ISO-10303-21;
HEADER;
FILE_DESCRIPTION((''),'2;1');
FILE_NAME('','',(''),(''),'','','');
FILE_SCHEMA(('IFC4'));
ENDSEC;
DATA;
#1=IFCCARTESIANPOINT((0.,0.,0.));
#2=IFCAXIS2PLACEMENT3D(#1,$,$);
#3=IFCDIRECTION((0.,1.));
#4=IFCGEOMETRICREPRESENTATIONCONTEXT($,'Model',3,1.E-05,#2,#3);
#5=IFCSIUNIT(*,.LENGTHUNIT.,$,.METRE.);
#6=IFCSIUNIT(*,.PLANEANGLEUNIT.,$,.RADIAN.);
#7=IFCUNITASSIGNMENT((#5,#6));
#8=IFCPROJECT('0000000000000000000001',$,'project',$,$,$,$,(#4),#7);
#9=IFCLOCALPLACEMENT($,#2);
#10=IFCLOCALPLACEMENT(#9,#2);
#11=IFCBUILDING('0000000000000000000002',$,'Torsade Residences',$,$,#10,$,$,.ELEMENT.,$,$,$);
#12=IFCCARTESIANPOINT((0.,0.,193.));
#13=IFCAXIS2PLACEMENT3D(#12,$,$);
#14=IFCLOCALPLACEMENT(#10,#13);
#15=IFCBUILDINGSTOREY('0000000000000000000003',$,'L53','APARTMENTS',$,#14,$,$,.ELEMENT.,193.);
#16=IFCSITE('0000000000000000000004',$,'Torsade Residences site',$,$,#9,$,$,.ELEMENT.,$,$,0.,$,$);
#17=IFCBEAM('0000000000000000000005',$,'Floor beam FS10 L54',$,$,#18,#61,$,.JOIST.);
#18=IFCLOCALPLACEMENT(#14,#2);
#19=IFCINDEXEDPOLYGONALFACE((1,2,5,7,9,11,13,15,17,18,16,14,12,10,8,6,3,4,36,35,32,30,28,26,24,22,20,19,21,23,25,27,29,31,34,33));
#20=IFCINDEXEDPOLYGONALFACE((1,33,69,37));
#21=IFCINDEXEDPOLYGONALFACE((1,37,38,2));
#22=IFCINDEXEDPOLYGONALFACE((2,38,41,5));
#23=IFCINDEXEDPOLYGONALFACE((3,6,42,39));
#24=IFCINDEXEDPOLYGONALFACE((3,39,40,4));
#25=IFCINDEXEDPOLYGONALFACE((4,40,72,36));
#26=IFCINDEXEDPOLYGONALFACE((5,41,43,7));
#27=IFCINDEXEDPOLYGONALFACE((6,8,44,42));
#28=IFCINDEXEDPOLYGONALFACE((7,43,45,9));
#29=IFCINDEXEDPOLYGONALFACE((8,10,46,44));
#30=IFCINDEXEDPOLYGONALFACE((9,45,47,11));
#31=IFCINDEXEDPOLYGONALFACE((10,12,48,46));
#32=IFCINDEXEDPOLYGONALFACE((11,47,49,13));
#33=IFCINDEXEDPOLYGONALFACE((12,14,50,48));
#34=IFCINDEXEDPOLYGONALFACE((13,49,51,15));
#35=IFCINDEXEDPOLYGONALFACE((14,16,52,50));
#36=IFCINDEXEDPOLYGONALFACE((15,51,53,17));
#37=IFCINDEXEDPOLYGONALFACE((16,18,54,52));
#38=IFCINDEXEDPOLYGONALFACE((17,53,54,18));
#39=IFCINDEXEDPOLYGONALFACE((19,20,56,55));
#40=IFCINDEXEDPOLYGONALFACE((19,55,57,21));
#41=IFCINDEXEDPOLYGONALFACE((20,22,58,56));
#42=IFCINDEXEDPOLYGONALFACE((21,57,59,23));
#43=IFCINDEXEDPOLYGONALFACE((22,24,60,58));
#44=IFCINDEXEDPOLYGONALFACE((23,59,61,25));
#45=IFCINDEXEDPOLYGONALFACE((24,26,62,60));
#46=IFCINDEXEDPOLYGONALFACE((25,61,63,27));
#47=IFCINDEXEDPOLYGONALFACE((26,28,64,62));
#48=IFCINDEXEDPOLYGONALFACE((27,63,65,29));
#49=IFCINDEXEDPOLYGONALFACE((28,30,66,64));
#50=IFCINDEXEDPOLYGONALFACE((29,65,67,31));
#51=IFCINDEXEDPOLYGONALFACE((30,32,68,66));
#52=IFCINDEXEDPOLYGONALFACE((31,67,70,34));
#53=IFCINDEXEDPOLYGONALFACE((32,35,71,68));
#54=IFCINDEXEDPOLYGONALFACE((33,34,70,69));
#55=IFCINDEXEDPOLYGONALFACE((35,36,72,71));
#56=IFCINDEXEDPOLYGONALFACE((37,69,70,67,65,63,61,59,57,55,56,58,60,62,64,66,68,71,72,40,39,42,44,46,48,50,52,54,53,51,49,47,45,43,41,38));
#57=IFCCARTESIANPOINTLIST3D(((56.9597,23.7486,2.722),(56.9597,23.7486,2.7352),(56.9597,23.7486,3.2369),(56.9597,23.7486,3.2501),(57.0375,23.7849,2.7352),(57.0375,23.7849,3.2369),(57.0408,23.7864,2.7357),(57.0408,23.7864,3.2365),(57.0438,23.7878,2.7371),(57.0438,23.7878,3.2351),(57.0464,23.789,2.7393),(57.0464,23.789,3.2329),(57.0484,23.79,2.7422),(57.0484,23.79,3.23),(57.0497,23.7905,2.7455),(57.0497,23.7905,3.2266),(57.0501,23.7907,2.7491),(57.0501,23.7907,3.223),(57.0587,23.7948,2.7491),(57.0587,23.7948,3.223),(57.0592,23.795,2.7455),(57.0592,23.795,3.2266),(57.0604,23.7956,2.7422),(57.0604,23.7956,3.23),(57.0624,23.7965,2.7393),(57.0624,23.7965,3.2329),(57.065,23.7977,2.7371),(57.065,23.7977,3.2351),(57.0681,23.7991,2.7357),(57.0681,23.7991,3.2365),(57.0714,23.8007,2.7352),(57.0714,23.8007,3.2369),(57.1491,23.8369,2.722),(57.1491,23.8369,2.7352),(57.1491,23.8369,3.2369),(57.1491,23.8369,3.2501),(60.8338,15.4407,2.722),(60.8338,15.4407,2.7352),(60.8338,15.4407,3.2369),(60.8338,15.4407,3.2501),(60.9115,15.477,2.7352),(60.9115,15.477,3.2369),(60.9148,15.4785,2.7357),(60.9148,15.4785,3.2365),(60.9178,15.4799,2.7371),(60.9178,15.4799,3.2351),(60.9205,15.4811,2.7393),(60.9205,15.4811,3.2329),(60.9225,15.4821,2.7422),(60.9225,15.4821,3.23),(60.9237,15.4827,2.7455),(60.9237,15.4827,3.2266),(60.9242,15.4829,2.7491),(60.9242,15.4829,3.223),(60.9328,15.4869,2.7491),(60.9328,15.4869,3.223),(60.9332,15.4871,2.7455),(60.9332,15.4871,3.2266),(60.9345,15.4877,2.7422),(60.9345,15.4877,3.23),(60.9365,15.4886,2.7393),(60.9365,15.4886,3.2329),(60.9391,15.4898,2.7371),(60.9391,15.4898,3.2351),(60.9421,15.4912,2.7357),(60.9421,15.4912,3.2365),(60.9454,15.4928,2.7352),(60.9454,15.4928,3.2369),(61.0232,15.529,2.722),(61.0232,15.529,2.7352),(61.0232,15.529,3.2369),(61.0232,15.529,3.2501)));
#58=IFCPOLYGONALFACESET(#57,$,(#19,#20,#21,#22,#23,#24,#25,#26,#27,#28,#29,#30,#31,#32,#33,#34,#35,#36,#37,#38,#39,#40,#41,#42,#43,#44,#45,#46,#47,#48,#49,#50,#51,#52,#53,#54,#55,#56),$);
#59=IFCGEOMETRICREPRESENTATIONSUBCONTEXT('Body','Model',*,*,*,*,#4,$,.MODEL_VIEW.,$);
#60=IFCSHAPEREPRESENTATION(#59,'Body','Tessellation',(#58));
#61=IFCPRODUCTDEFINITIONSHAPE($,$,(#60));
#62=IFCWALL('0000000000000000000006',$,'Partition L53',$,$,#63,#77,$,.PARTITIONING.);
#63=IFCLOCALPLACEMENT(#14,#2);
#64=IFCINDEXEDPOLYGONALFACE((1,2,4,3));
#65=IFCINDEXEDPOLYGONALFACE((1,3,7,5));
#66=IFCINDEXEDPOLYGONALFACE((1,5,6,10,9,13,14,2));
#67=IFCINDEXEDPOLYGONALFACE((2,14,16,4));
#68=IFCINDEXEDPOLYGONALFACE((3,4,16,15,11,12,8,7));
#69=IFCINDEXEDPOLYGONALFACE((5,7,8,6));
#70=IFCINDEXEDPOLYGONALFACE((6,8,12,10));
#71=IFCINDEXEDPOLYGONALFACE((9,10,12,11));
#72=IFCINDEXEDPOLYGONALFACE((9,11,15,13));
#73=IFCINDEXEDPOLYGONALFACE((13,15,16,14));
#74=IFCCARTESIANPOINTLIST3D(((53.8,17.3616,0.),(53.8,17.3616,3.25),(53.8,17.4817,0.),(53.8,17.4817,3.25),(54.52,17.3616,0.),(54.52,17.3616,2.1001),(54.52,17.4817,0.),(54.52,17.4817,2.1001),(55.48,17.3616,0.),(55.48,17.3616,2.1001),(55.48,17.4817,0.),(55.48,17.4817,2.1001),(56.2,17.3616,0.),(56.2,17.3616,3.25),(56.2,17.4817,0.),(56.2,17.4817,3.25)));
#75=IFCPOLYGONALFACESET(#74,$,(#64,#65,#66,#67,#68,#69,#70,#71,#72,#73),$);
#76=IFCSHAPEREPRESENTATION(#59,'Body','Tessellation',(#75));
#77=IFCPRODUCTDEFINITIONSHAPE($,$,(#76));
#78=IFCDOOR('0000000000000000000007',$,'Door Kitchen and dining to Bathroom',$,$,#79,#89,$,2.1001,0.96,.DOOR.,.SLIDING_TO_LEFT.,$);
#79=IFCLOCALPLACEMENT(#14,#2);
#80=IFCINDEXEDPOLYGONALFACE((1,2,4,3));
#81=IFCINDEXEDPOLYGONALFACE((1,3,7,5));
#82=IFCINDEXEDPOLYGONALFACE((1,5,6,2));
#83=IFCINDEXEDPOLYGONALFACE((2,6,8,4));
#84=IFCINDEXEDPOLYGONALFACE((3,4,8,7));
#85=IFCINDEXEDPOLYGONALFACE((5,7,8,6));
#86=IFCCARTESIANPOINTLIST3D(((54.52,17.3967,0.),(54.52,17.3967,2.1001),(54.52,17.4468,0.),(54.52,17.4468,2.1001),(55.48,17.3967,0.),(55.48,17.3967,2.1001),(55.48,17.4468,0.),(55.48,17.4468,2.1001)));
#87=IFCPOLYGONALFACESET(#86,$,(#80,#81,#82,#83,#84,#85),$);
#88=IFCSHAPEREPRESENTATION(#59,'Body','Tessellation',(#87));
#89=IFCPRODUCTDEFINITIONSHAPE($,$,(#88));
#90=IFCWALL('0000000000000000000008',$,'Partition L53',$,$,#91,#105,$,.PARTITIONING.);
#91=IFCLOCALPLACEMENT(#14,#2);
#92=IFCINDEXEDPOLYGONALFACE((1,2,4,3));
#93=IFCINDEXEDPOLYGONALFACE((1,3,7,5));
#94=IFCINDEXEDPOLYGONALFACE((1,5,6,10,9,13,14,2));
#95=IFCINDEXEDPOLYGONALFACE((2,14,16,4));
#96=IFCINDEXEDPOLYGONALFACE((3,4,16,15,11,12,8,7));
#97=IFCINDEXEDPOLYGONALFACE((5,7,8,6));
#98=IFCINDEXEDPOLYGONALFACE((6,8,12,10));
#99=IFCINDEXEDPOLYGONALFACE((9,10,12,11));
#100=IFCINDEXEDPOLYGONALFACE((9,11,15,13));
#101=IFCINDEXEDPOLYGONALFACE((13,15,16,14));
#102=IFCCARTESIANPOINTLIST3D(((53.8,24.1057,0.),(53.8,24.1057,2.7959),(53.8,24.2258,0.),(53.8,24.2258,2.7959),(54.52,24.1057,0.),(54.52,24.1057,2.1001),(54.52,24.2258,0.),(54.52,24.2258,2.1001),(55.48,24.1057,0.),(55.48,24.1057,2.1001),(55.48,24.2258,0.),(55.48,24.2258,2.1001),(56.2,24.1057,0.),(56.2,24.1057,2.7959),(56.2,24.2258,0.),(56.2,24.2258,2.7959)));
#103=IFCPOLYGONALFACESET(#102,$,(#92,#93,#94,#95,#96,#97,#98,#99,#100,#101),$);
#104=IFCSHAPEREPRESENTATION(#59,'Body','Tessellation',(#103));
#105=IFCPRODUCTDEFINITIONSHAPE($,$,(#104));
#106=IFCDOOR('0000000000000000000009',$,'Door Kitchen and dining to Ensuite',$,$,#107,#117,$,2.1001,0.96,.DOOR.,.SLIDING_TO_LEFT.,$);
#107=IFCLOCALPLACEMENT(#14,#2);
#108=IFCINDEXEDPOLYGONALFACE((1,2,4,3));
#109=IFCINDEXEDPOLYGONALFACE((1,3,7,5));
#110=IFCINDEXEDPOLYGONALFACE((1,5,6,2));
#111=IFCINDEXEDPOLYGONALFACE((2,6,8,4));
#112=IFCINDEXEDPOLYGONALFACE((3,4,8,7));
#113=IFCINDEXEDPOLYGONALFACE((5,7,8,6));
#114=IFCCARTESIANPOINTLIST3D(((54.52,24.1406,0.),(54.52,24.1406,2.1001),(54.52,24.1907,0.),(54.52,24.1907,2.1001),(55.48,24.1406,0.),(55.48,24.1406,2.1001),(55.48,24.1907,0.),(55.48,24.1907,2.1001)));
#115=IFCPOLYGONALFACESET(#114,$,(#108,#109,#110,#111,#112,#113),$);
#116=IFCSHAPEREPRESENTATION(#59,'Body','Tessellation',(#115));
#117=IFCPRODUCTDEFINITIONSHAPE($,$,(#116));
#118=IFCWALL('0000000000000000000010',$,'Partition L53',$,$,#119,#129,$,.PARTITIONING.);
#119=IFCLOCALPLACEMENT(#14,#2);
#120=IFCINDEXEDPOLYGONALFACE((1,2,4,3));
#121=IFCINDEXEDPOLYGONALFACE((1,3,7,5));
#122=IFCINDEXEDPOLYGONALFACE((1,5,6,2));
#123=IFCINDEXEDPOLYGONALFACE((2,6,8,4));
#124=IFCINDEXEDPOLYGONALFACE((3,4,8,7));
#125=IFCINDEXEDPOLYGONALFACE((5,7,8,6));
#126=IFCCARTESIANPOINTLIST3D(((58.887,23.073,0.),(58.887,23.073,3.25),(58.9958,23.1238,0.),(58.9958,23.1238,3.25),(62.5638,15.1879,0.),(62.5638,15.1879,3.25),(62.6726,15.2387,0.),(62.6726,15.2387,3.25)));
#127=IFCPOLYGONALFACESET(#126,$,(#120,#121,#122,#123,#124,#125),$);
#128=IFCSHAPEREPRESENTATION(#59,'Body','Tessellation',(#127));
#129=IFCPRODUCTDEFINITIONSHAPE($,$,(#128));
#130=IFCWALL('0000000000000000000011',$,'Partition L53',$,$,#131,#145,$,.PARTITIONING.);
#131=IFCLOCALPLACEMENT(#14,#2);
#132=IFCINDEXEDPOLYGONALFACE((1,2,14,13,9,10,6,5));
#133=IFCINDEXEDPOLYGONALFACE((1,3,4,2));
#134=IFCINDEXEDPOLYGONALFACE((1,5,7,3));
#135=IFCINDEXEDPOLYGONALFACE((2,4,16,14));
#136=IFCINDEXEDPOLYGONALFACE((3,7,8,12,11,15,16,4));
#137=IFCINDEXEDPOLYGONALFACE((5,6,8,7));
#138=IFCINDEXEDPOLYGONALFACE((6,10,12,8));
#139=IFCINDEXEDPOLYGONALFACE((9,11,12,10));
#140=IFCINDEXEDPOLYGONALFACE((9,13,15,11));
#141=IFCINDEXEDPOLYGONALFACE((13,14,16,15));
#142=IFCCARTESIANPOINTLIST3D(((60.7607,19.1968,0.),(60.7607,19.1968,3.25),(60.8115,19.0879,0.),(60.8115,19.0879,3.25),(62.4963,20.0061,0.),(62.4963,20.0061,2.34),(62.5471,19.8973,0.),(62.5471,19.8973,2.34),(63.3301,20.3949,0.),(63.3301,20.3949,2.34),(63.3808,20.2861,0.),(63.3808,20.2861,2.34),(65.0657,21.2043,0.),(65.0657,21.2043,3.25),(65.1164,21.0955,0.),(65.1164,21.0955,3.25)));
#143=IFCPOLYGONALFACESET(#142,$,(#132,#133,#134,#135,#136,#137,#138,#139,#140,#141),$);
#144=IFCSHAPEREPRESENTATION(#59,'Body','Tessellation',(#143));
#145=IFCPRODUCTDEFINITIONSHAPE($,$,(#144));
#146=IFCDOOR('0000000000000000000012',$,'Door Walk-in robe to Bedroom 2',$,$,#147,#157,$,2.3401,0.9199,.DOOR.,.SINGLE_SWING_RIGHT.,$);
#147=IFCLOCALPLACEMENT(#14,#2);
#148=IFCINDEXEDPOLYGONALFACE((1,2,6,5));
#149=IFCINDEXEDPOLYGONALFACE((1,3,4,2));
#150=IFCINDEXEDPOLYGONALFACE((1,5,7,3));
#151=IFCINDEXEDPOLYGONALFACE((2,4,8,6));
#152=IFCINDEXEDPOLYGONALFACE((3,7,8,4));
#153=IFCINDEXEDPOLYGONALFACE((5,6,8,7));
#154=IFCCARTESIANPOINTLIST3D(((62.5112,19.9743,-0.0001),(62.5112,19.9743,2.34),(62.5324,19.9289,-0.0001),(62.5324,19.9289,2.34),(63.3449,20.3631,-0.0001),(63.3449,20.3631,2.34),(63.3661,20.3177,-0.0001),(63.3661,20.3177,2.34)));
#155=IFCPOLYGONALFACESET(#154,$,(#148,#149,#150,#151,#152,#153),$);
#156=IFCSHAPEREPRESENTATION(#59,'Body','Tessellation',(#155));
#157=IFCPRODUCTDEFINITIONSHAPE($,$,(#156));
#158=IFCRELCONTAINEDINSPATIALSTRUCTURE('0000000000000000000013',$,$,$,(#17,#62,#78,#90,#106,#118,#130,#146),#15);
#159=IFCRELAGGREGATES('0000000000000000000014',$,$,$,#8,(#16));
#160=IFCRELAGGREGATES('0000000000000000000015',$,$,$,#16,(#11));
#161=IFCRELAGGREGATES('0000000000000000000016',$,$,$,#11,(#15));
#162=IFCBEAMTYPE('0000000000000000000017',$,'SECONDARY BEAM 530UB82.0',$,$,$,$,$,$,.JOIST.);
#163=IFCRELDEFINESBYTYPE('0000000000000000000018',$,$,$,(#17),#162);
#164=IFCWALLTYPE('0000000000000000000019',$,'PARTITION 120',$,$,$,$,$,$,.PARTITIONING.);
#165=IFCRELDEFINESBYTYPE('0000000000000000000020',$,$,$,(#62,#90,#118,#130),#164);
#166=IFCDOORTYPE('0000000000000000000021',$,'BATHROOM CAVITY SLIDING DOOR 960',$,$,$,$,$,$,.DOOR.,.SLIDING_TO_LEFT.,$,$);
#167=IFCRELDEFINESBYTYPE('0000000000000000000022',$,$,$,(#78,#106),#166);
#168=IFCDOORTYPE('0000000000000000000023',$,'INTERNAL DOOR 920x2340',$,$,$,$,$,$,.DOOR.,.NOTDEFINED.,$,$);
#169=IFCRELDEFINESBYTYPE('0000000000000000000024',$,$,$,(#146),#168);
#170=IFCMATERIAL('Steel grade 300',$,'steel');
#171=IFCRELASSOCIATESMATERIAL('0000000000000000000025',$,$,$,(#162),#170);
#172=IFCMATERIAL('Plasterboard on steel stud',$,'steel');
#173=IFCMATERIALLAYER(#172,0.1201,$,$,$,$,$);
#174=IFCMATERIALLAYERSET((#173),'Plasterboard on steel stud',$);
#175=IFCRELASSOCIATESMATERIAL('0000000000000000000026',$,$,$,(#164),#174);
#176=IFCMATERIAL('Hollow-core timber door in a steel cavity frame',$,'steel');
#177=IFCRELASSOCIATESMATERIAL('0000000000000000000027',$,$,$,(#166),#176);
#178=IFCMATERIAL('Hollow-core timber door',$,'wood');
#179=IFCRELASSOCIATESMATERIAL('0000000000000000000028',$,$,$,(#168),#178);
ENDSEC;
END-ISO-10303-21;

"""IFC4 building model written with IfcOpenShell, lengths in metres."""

from ifc_helpers import new_model, si_unit, direction, frame, frame_2d, origin, origin_2d, place, context, subcontext, project, spatial, rectangle, i_section, extrude, material, layer, layer_set, material_profile, profile_set, type_object, element, fill, save


model = new_model("IFC4")

# Units and contexts
model_context = context("Model", 3, precision=1e-05, world=origin(), true_north=direction((0.0, 1.0)))
body_context = subcontext(model_context, "Body", "Model", "MODEL_VIEW")
ifc_project = project(units=[si_unit("LENGTHUNIT", "METRE"), si_unit("PLANEANGLEUNIT", "RADIAN")], contexts=[model_context])

# Site, building, storey
site_placement = place(None, origin())
site = spatial("IfcSite", under=ifc_project, at=site_placement, Name="Torsade Residences site", CompositionType="ELEMENT", RefElevation=0.0)
building_placement = place(site_placement, origin())
building = spatial("IfcBuilding", under=site, at=building_placement, Name="Torsade Residences", CompositionType="ELEMENT")
storey_placement = place(building_placement, frame((0.0, 0.0, 193.0)))
storey = spatial("IfcBuildingStorey", under=building, at=storey_placement, Name="L53", Description="APARTMENTS", CompositionType="ELEMENT", Elevation=193.0)

# Beam
ifc_material_1 = material(Name="Steel grade 300", Category="steel")
ifc_material_profile_1 = material_profile(ifc_material_1, i_section(OverallWidth=0.209, OverallDepth=0.5281, WebThickness=0.0095, FlangeThickness=0.0132, FilletRadius=0.0139, at=origin_2d()), Name="530UB82.0")
ifc_profile_set_1 = profile_set([ifc_material_profile_1], Name="Steel grade 300")
beam_type_1 = type_object("IfcBeamType", Name="SECONDARY BEAM 530UB82.0", PredefinedType="JOIST", material=ifc_profile_set_1)
beam_1_placement = place(storey_placement, frame((60.9285, 15.4849, 2.9861), z_axis=(-0.422619, 0.906308, 0.0), x_axis=(-0.906308, -0.422619, 0.0)))
element("IfcBeam", 1, at=beam_1_placement, inside=storey, type_object=beam_type_1, Name="Floor beam FS10 L54", PredefinedType="JOIST", context=body_context, shape_type="SweptSolid", body=[
    extrude(i_section(OverallWidth=0.209, OverallDepth=0.5281, WebThickness=0.0095, FlangeThickness=0.0132, FilletRadius=0.0139, at=origin_2d()), origin(), (0.0, 0.0, 1.0), 9.1667),
])

# Walls, openings, doors
ifc_material_2 = material(Name="Plasterboard on steel stud", Category="steel")
ifc_layer = layer(ifc_material_2, 0.1201)
ifc_layer_set = layer_set([ifc_layer], Name="Plasterboard on steel stud")
wall_type = type_object("IfcWallType", Name="PARTITION 120", PredefinedType="PARTITIONING", material=ifc_layer_set)
wall_1_placement = place(storey_placement, frame((56.2, 17.4216, 0.0), z_axis=(0.0, 0.0, 1.0), x_axis=(-1.0, 0.0, 0.0)))
wall_1 = element("IfcWall", 2, at=wall_1_placement, inside=storey, type_object=wall_type, Name="Partition L53", PredefinedType="PARTITIONING", context=body_context, shape_type="SweptSolid", body=[
    extrude(rectangle(XDim=2.3999, YDim=0.1201, at=frame_2d((1.2, 0.0))), origin(), (0.0, 0.0, 1.0), 3.25),
])
opening_1_placement = place(wall_1_placement, frame((0.72, 0.0, 0.0)))
opening_1 = element("IfcOpeningElement", 3, at=opening_1_placement, cuts=wall_1, PredefinedType="OPENING", context=body_context, shape_type="SweptSolid", body=[
    extrude(rectangle(XDim=0.96, YDim=2.1001, at=frame_2d((0.48, 1.05))), frame((0.0, 0.0701, 0.0), z_axis=(0.0, -1.0, 0.0), x_axis=(1.0, 0.0, 0.0)), (0.0, 0.0, 1.0), 0.1401),
])
ifc_material_3 = material(Name="Hollow-core timber door in a steel cavity frame", Category="steel")
door_type_1 = type_object("IfcDoorType", Name="BATHROOM CAVITY SLIDING DOOR 960", OperationType="SLIDING_TO_LEFT", PredefinedType="DOOR", material=ifc_material_3)
door_1_placement = place(opening_1_placement, origin())
door_1 = element("IfcDoor", 4, at=door_1_placement, inside=storey, type_object=door_type_1, Name="Door Kitchen and dining to Bathroom", OperationType="SLIDING_TO_LEFT", OverallHeight=2.1001, OverallWidth=0.96, PredefinedType="DOOR", context=body_context, shape_type="SweptSolid", body=[
    extrude(rectangle(XDim=0.96, YDim=2.1001, at=frame_2d((0.48, 1.05))), frame((0.0, 0.0249, 0.0), z_axis=(0.0, -1.0, 0.0), x_axis=(1.0, 0.0, 0.0)), (0.0, 0.0, 1.0), 0.05),
])
fill(opening_1, door_1)
wall_2_placement = place(storey_placement, frame((53.8, 24.1658, 0.0), z_axis=(0.0, 0.0, 1.0), x_axis=(1.0, 0.0, 0.0)))
wall_2 = element("IfcWall", 5, at=wall_2_placement, inside=storey, type_object=wall_type, Name="Partition L53", PredefinedType="PARTITIONING", context=body_context, shape_type="SweptSolid", body=[
    extrude(rectangle(XDim=2.3999, YDim=0.1201, at=frame_2d((1.2, 0.0))), origin(), (0.0, 0.0, 1.0), 2.7959),
])
opening_2_placement = place(wall_2_placement, frame((0.72, 0.0, 0.0)))
opening_2 = element("IfcOpeningElement", 6, at=opening_2_placement, cuts=wall_2, PredefinedType="OPENING", context=body_context, shape_type="SweptSolid", body=[
    extrude(rectangle(XDim=0.96, YDim=2.1001, at=frame_2d((0.48, 1.05))), frame((0.0, 0.0701, 0.0), z_axis=(0.0, -1.0, 0.0), x_axis=(1.0, 0.0, 0.0)), (0.0, 0.0, 1.0), 0.1401),
])
door_2_placement = place(opening_2_placement, origin())
door_2 = element("IfcDoor", 7, at=door_2_placement, inside=storey, type_object=door_type_1, Name="Door Kitchen and dining to Ensuite", OperationType="SLIDING_TO_LEFT", OverallHeight=2.1001, OverallWidth=0.96, PredefinedType="DOOR", context=body_context, shape_type="SweptSolid", body=[
    extrude(rectangle(XDim=0.96, YDim=2.1001, at=frame_2d((0.48, 1.05))), frame((0.0, 0.0249, 0.0), z_axis=(0.0, -1.0, 0.0), x_axis=(1.0, 0.0, 0.0)), (0.0, 0.0, 1.0), 0.05),
])
fill(opening_2, door_2)

# Wall
wall_3_placement = place(storey_placement, frame((58.9414, 23.0984, 0.0), z_axis=(0.0, 0.0, 1.0), x_axis=(0.42261, -0.906311, 0.0)))
element("IfcWall", 8, at=wall_3_placement, inside=storey, type_object=wall_type, Name="Partition L53", PredefinedType="PARTITIONING", context=body_context, shape_type="SweptSolid", body=[
    extrude(rectangle(XDim=8.7002, YDim=0.1201, at=frame_2d((4.3501, 0.0))), origin(), (0.0, 0.0, 1.0), 3.25),
])

# Wall, opening, door
wall_4_placement = place(storey_placement, frame((60.7861, 19.1423, 0.0), z_axis=(0.0, 0.0, 1.0), x_axis=(0.906296, 0.422643, 0.0)))
wall_4 = element("IfcWall", 9, at=wall_4_placement, inside=storey, type_object=wall_type, Name="Partition L53", PredefinedType="PARTITIONING", context=body_context, shape_type="SweptSolid", body=[
    extrude(rectangle(XDim=4.75, YDim=0.1201, at=frame_2d((2.375, 0.0))), origin(), (0.0, 0.0, 1.0), 3.25),
])
opening_3_placement = place(wall_4_placement, frame((1.915, 0.0, 0.0)))
opening_3 = element("IfcOpeningElement", 10, at=opening_3_placement, cuts=wall_4, PredefinedType="OPENING", context=body_context, shape_type="SweptSolid", body=[
    extrude(rectangle(XDim=0.9199, YDim=2.3401, at=frame_2d((0.46, 1.1699))), frame((0.0, 0.0701, 0.0), z_axis=(0.0, -1.0, 0.0), x_axis=(1.0, 0.0, 0.0)), (0.0, 0.0, 1.0), 0.1401),
])
ifc_material_4 = material(Name="Hollow-core timber door", Category="wood")
door_type_2 = type_object("IfcDoorType", Name="INTERNAL DOOR 920x2340", OperationType="NOTDEFINED", PredefinedType="DOOR", material=ifc_material_4)
door_3_placement = place(opening_3_placement, origin())
door_3 = element("IfcDoor", 11, at=door_3_placement, inside=storey, type_object=door_type_2, Name="Door Walk-in robe to Bedroom 2", OperationType="SINGLE_SWING_RIGHT", OverallHeight=2.3401, OverallWidth=0.9199, PredefinedType="DOOR", context=body_context, shape_type="SweptSolid", body=[
    extrude(rectangle(XDim=0.9199, YDim=2.3401, at=frame_2d((0.46, 1.1699))), frame((0.0, 0.0249, 0.0), z_axis=(0.0, -1.0, 0.0), x_axis=(1.0, 0.0, 0.0)), (0.0, 0.0, 1.0), 0.05),
])
fill(opening_3, door_3)

save(model, "model.ifc")
